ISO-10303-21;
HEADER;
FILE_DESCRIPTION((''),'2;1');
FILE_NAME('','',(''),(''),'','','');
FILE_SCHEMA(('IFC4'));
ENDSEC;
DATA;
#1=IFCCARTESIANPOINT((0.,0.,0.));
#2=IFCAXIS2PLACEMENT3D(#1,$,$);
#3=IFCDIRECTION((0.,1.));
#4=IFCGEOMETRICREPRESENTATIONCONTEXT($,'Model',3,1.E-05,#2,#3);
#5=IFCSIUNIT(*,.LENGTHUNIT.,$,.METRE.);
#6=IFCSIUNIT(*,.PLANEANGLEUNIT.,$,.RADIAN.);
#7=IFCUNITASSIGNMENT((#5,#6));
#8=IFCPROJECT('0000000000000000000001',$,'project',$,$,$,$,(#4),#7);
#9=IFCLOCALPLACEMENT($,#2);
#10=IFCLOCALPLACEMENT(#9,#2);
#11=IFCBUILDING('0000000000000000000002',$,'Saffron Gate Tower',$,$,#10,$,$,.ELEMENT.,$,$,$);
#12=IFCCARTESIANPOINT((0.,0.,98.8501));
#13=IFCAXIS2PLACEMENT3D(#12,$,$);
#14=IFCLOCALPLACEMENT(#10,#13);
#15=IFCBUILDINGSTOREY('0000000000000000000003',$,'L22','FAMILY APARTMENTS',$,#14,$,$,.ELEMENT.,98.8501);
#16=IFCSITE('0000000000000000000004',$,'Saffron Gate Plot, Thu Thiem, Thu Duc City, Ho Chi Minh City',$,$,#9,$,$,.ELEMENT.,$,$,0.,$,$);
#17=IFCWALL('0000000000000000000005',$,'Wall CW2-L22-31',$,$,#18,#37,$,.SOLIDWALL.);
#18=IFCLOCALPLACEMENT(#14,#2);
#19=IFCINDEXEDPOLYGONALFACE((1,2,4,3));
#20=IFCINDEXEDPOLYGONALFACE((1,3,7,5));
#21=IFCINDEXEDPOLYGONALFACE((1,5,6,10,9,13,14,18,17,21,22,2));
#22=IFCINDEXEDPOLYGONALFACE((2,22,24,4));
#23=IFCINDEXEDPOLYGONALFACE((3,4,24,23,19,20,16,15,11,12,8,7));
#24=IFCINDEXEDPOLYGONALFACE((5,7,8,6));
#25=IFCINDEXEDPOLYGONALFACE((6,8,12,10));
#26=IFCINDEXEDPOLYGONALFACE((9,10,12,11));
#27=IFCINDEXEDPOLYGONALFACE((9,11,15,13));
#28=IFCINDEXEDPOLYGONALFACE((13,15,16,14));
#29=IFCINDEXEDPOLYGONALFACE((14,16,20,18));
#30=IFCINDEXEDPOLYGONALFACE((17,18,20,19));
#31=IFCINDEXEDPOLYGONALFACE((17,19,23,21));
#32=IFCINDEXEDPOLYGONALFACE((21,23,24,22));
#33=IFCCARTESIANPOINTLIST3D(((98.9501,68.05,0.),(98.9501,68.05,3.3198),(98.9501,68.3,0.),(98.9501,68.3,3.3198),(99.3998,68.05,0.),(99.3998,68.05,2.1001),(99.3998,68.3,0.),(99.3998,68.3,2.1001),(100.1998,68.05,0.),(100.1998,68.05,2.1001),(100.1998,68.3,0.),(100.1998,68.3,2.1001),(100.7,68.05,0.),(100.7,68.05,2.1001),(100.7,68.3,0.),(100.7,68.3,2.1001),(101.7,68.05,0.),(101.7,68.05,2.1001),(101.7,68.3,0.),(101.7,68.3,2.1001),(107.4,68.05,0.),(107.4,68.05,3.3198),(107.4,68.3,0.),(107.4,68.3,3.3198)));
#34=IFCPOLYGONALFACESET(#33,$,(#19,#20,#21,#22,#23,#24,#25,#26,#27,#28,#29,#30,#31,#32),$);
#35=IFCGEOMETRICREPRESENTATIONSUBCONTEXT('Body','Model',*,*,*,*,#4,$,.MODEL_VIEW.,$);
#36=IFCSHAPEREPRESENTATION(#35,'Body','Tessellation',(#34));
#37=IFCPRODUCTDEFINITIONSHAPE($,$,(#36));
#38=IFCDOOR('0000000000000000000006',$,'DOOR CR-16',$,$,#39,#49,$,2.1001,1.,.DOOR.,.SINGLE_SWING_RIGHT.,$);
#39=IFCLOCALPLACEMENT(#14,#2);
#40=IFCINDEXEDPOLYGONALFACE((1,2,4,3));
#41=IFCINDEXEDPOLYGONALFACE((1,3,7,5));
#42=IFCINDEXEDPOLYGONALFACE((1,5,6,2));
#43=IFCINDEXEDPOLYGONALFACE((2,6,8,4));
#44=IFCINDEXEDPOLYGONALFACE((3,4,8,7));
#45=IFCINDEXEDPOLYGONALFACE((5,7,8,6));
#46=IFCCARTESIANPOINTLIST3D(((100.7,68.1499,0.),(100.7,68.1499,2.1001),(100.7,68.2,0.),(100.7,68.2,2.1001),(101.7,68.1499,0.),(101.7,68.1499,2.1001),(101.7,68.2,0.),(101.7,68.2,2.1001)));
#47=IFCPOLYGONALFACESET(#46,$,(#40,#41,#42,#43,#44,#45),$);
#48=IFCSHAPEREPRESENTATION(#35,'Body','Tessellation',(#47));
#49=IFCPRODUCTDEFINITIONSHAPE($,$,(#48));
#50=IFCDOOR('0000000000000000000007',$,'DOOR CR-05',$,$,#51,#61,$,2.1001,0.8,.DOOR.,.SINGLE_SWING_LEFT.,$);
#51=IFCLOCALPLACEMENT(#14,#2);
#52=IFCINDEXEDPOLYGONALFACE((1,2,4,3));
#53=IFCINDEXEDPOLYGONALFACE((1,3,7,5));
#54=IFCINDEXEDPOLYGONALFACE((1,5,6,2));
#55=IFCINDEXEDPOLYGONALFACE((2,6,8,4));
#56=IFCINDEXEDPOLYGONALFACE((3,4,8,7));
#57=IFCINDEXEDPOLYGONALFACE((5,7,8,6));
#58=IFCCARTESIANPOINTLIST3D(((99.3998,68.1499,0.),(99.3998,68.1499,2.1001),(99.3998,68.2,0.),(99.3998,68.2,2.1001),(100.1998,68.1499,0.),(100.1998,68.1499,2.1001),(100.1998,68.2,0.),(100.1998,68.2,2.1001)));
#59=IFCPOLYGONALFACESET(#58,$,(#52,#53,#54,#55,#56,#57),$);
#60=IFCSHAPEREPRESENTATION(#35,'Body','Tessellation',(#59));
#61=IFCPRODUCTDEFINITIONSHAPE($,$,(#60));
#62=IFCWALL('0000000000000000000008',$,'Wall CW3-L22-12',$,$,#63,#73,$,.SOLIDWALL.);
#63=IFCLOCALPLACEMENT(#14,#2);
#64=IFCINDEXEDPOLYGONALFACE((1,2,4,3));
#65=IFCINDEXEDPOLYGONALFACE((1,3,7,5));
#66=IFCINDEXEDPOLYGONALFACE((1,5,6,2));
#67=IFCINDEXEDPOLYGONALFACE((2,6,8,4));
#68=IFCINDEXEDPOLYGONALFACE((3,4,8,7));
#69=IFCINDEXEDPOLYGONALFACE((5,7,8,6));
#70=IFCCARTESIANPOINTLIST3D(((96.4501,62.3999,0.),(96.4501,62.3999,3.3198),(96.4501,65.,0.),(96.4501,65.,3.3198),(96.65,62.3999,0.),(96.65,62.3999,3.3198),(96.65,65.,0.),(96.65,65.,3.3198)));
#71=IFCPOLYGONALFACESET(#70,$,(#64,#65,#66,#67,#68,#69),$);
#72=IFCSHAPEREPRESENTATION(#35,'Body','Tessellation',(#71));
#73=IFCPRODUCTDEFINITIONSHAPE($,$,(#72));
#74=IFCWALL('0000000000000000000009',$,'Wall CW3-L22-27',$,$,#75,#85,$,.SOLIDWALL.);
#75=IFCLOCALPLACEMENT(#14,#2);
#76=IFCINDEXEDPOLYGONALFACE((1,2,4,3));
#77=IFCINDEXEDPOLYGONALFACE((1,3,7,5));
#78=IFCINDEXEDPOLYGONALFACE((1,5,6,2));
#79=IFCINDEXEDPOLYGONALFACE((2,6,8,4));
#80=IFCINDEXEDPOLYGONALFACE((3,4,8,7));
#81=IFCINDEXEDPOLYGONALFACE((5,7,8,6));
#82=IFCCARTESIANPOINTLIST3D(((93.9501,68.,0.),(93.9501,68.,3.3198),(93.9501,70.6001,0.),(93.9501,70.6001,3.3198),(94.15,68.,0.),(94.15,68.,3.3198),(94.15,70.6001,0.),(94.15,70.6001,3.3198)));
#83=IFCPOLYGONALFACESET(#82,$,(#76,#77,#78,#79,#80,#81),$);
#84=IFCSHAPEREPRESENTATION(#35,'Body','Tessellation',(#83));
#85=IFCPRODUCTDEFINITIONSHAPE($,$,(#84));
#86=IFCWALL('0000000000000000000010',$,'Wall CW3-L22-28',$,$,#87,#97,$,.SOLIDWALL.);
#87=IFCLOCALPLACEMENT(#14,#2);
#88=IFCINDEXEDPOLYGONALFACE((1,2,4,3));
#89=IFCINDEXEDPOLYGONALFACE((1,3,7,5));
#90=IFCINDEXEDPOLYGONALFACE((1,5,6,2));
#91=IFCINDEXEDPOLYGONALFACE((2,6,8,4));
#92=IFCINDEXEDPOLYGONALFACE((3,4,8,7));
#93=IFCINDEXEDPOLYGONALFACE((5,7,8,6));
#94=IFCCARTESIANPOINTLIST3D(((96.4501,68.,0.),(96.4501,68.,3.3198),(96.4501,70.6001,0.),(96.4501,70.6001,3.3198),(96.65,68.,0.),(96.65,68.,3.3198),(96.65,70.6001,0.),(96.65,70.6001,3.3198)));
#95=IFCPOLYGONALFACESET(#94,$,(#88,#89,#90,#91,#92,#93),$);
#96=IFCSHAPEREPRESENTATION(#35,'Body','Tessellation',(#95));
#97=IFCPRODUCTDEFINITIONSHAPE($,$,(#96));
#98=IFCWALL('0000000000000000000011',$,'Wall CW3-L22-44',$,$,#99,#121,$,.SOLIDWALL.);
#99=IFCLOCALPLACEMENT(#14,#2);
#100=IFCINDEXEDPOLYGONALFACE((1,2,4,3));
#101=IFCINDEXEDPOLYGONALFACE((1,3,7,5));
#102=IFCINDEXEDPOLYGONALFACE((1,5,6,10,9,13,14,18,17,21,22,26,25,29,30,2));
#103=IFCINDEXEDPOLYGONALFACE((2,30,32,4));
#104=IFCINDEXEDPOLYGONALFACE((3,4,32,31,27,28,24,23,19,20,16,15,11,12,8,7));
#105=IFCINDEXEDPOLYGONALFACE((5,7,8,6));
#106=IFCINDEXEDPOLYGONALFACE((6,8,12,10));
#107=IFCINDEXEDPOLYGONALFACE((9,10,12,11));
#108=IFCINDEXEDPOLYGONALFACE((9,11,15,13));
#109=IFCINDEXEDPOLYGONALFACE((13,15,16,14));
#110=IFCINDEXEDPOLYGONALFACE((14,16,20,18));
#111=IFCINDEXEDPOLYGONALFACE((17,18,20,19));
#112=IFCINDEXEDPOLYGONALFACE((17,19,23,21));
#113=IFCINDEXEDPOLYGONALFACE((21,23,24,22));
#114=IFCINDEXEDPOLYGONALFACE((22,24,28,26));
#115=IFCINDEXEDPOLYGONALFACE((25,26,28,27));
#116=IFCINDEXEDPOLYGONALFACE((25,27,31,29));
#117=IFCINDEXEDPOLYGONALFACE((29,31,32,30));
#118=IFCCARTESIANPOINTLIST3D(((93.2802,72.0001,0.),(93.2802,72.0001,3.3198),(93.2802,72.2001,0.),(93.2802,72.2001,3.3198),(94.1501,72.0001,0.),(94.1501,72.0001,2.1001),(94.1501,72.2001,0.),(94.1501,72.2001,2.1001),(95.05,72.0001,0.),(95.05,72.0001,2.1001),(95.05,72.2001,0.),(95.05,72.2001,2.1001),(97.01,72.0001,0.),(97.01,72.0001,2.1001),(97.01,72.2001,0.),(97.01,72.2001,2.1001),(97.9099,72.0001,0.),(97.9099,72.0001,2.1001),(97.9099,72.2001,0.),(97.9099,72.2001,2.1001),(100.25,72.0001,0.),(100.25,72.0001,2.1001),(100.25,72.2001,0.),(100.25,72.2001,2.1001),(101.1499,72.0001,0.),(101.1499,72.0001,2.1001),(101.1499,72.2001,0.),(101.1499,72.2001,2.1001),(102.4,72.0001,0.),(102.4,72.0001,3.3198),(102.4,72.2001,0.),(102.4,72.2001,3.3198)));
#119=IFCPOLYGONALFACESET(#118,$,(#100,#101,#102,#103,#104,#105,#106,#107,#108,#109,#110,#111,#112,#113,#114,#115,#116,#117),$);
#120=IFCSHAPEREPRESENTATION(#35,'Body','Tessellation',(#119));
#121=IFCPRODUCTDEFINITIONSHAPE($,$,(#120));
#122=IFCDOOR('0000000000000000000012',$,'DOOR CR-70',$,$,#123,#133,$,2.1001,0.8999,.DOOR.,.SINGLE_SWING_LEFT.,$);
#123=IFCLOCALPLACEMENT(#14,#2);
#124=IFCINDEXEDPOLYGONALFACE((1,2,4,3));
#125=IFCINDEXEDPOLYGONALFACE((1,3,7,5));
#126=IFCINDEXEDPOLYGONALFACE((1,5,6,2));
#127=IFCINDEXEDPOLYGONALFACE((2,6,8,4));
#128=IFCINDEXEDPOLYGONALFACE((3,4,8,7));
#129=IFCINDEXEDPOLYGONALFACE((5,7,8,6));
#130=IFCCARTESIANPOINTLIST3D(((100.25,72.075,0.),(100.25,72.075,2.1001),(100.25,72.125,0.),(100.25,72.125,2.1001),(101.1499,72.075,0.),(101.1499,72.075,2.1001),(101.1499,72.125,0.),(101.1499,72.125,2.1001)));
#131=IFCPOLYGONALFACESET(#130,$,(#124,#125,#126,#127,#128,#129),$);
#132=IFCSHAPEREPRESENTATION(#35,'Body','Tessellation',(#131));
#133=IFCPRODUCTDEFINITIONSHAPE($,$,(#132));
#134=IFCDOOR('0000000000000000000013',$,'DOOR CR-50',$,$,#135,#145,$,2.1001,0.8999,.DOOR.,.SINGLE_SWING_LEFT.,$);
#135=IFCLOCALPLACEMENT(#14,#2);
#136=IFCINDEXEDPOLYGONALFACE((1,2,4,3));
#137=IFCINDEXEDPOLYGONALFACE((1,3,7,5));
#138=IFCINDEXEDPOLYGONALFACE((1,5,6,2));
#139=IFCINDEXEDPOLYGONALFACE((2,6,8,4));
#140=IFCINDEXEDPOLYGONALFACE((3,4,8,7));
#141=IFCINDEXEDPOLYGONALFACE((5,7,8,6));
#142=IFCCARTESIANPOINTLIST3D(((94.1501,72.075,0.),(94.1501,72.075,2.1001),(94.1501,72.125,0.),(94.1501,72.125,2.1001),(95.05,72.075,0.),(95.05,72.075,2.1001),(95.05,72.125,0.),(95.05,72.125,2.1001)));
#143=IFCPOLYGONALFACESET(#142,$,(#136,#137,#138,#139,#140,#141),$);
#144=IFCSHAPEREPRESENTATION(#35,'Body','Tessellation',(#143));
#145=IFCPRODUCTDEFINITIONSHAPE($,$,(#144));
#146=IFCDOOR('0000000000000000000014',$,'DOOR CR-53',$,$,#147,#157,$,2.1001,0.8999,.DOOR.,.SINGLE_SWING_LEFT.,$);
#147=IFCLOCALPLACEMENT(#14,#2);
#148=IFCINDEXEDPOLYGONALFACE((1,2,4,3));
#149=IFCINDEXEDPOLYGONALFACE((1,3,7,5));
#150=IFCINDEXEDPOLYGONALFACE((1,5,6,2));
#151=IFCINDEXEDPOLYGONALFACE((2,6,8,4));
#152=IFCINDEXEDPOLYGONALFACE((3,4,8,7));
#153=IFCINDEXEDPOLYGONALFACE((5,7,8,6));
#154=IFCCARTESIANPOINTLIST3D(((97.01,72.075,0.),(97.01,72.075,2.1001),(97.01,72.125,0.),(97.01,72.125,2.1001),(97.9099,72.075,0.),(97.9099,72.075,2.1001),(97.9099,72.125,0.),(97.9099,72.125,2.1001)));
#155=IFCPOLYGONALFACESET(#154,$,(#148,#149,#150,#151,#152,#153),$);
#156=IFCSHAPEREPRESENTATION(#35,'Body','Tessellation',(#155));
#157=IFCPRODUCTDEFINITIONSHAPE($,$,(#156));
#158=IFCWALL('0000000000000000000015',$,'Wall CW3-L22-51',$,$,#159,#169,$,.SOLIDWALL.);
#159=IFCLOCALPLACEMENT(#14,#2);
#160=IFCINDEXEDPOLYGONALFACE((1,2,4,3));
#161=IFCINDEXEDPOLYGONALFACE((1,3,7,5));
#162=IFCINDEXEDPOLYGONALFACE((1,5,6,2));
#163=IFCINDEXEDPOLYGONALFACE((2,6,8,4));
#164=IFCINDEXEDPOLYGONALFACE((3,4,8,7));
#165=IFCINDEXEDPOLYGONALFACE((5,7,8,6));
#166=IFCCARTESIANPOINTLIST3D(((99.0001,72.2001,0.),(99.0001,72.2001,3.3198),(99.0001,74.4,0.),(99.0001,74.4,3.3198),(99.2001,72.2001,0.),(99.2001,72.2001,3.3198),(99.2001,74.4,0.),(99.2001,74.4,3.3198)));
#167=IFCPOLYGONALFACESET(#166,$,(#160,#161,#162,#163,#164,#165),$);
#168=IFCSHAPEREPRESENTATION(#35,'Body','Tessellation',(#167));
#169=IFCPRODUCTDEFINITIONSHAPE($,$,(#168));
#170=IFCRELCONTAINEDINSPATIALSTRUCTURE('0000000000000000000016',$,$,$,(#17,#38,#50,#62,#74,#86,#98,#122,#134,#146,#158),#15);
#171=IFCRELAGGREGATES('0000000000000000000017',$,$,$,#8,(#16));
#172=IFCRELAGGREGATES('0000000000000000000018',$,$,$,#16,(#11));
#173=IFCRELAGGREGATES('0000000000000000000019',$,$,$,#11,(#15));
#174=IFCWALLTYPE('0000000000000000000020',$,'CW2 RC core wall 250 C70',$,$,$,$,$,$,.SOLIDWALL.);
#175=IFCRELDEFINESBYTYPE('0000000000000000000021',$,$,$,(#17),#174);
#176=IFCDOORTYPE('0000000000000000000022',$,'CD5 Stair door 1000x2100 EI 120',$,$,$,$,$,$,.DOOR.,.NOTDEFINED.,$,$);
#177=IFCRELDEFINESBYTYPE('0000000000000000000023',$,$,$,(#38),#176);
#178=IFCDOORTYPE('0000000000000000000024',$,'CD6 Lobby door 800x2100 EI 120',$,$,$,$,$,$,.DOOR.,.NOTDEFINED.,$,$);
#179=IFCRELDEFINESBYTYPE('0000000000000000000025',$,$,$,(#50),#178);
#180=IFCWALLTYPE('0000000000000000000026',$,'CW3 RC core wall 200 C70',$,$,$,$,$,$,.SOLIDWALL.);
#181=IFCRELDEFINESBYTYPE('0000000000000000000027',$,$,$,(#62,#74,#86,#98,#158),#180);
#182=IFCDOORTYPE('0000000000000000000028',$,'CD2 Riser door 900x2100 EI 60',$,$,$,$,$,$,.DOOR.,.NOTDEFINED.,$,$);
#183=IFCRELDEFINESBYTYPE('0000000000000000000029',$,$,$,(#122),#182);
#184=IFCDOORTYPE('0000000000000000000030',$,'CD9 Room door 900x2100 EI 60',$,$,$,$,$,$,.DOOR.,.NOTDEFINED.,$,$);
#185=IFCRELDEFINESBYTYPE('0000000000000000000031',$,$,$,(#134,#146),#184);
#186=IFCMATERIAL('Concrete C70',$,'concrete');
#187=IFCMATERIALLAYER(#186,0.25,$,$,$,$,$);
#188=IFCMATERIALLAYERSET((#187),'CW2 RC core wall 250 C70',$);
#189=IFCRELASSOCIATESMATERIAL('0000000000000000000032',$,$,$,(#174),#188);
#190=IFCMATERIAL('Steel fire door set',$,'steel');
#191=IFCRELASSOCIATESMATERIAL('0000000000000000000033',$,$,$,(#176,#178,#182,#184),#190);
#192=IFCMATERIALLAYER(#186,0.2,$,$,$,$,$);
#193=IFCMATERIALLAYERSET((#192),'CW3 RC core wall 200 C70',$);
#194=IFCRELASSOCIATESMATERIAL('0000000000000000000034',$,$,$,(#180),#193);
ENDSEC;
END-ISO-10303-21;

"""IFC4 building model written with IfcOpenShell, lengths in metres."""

from ifc_helpers import new_model, si_unit, direction, frame, frame_2d, origin, place, context, subcontext, project, spatial, rectangle, extrude, material, layer, layer_set, type_object, element, fill, save


model = new_model("IFC4")

# Units and contexts
model_context = context("Model", 3, precision=1e-05, world=origin(), true_north=direction((0.0, 1.0)))
body_context = subcontext(model_context, "Body", "Model", "MODEL_VIEW")
ifc_project = project(units=[si_unit("LENGTHUNIT", "METRE"), si_unit("PLANEANGLEUNIT", "RADIAN")], contexts=[model_context])

# Site, building, storey
site_placement = place(None, origin())
site = spatial("IfcSite", under=ifc_project, at=site_placement, Name="Saffron Gate Plot, Thu Thiem, Thu Duc City, Ho Chi Minh City", CompositionType="ELEMENT", RefElevation=0.0)
building_placement = place(site_placement, origin())
building = spatial("IfcBuilding", under=site, at=building_placement, Name="Saffron Gate Tower", CompositionType="ELEMENT")
storey_placement = place(building_placement, frame((0.0, 0.0, 98.8501)))
storey = spatial("IfcBuildingStorey", under=building, at=storey_placement, Name="L22", Description="FAMILY APARTMENTS", CompositionType="ELEMENT", Elevation=98.8501)

# Wall, openings, doors
ifc_material_1 = material(Name="Concrete C70", Category="concrete")
ifc_layer_1 = layer(ifc_material_1, 0.25)
ifc_layer_set_1 = layer_set([ifc_layer_1], Name="CW2 RC core wall 250 C70")
wall_type_1 = type_object("IfcWallType", Name="CW2 RC core wall 250 C70", PredefinedType="SOLIDWALL", material=ifc_layer_set_1)
wall_1_placement = place(storey_placement, frame((98.95, 68.175, 0.0), z_axis=(0.0, 0.0, 1.0), x_axis=(1.0, 0.0, 0.0)))
wall_1 = element("IfcWall", 1, at=wall_1_placement, inside=storey, type_object=wall_type_1, Name="Wall CW2-L22-31", PredefinedType="SOLIDWALL", context=body_context, shape_type="SweptSolid", body=[
    extrude(rectangle(XDim=8.45, YDim=0.25, at=frame_2d((4.2251, 0.0))), origin(), (0.0, 0.0, 1.0), 3.3198),
])
opening_1_placement = place(wall_1_placement, frame((0.45, 0.0, 0.0)))
opening_1 = element("IfcOpeningElement", 2, at=opening_1_placement, cuts=wall_1, PredefinedType="OPENING", context=body_context, shape_type="SweptSolid", body=[
    extrude(rectangle(XDim=0.8, YDim=2.1001, at=frame_2d((0.3999, 1.05))), frame((0.0, 0.135, 0.0), z_axis=(0.0, -1.0, 0.0), x_axis=(1.0, 0.0, 0.0)), (0.0, 0.0, 1.0), 0.27),
])
opening_2_placement = place(wall_1_placement, frame((1.75, 0.0, 0.0)))
opening_2 = element("IfcOpeningElement", 3, at=opening_2_placement, cuts=wall_1, PredefinedType="OPENING", context=body_context, shape_type="SweptSolid", body=[
    extrude(rectangle(XDim=1.0, YDim=2.1001, at=frame_2d((0.5, 1.05))), frame((0.0, 0.135, 0.0), z_axis=(0.0, -1.0, 0.0), x_axis=(1.0, 0.0, 0.0)), (0.0, 0.0, 1.0), 0.27),
])
ifc_material_2 = material(Name="Steel fire door set", Category="steel")
door_type_1 = type_object("IfcDoorType", Name="CD5 Stair door 1000x2100 EI 120", OperationType="NOTDEFINED", PredefinedType="DOOR", material=ifc_material_2)
door_1_placement = place(opening_2_placement, origin())
door_1 = element("IfcDoor", 4, at=door_1_placement, inside=storey, type_object=door_type_1, Name="DOOR CR-16", OperationType="SINGLE_SWING_RIGHT", OverallHeight=2.1001, OverallWidth=1.0, PredefinedType="DOOR", context=body_context, shape_type="SweptSolid", body=[
    extrude(rectangle(XDim=1.0, YDim=2.1001, at=frame_2d((0.5, 1.05))), frame((0.0, 0.0249, 0.0), z_axis=(0.0, -1.0, 0.0), x_axis=(1.0, 0.0, 0.0)), (0.0, 0.0, 1.0), 0.05),
])
fill(opening_2, door_1)
door_type_2 = type_object("IfcDoorType", Name="CD6 Lobby door 800x2100 EI 120", OperationType="NOTDEFINED", PredefinedType="DOOR", material=ifc_material_2)
door_2_placement = place(opening_1_placement, origin())
door_2 = element("IfcDoor", 5, at=door_2_placement, inside=storey, type_object=door_type_2, Name="DOOR CR-05", OperationType="SINGLE_SWING_LEFT", OverallHeight=2.1001, OverallWidth=0.8, PredefinedType="DOOR", context=body_context, shape_type="SweptSolid", body=[
    extrude(rectangle(XDim=0.8, YDim=2.1001, at=frame_2d((0.3999, 1.05))), frame((0.0, 0.0249, 0.0), z_axis=(0.0, -1.0, 0.0), x_axis=(1.0, 0.0, 0.0)), (0.0, 0.0, 1.0), 0.05),
])
fill(opening_1, door_2)

# Walls
ifc_layer_2 = layer(ifc_material_1, 0.2)
ifc_layer_set_2 = layer_set([ifc_layer_2], Name="CW3 RC core wall 200 C70")
wall_type_2 = type_object("IfcWallType", Name="CW3 RC core wall 200 C70", PredefinedType="SOLIDWALL", material=ifc_layer_set_2)
for number, where, z_axis, x_axis, name in (
    (6, (96.55, 62.3999, 0.0), (0.0, 0.0, 1.0), (0.0, 1.0, 0.0), "Wall CW3-L22-12"),
    (7, (94.05, 68.0, 0.0), (0.0, 0.0, 1.0), (0.0, 1.0, 0.0), "Wall CW3-L22-27"),
    (8, (96.55, 68.0, 0.0), (0.0, 0.0, 1.0), (0.0, 1.0, 0.0), "Wall CW3-L22-28"),
):
    element("IfcWall", number, at=place(storey_placement, frame(where, z_axis=z_axis, x_axis=x_axis)), inside=storey, type_object=wall_type_2, Name=name, PredefinedType="SOLIDWALL", context=body_context, shape_type="SweptSolid", body=[
        extrude(rectangle(XDim=2.6001, YDim=0.2, at=frame_2d((1.3, 0.0))), origin(), (0.0, 0.0, 1.0), 3.3198),
    ])

# Wall, openings, doors
wall_2_placement = place(storey_placement, frame((93.28, 72.1001, 0.0), z_axis=(0.0, 0.0, 1.0), x_axis=(1.0, 0.0, 0.0)))
wall_2 = element("IfcWall", 9, at=wall_2_placement, inside=storey, type_object=wall_type_2, Name="Wall CW3-L22-44", PredefinedType="SOLIDWALL", context=body_context, shape_type="SweptSolid", body=[
    extrude(rectangle(XDim=9.1199, YDim=0.2, at=frame_2d((4.5601, 0.0))), origin(), (0.0, 0.0, 1.0), 3.3198),
])
opening_3_placement = place(wall_2_placement, frame((0.8701, 0.0, 0.0)))
opening_3 = element("IfcOpeningElement", 10, at=opening_3_placement, cuts=wall_2, PredefinedType="OPENING", context=body_context, shape_type="SweptSolid", body=[
    extrude(rectangle(XDim=0.8999, YDim=2.1001, at=frame_2d((0.45, 1.05))), frame((0.0, 0.1099, 0.0), z_axis=(0.0, -1.0, 0.0), x_axis=(1.0, 0.0, 0.0)), (0.0, 0.0, 1.0), 0.22),
])
opening_4_placement = place(wall_2_placement, frame((3.73, 0.0, 0.0)))
opening_4 = element("IfcOpeningElement", 11, at=opening_4_placement, cuts=wall_2, PredefinedType="OPENING", context=body_context, shape_type="SweptSolid", body=[
    extrude(rectangle(XDim=0.8999, YDim=2.1001, at=frame_2d((0.45, 1.05))), frame((0.0, 0.1099, 0.0), z_axis=(0.0, -1.0, 0.0), x_axis=(1.0, 0.0, 0.0)), (0.0, 0.0, 1.0), 0.22),
])
opening_5_placement = place(wall_2_placement, frame((6.97, 0.0, 0.0)))
opening_5 = element("IfcOpeningElement", 12, at=opening_5_placement, cuts=wall_2, PredefinedType="OPENING", context=body_context, shape_type="SweptSolid", body=[
    extrude(rectangle(XDim=0.8999, YDim=2.1001, at=frame_2d((0.45, 1.05))), frame((0.0, 0.1099, 0.0), z_axis=(0.0, -1.0, 0.0), x_axis=(1.0, 0.0, 0.0)), (0.0, 0.0, 1.0), 0.22),
])
door_type_3 = type_object("IfcDoorType", Name="CD2 Riser door 900x2100 EI 60", OperationType="NOTDEFINED", PredefinedType="DOOR", material=ifc_material_2)
door_3_placement = place(opening_5_placement, origin())
door_3 = element("IfcDoor", 13, at=door_3_placement, inside=storey, type_object=door_type_3, Name="DOOR CR-70", OperationType="SINGLE_SWING_LEFT", OverallHeight=2.1001, OverallWidth=0.8999, PredefinedType="DOOR", context=body_context, shape_type="SweptSolid", body=[
    extrude(rectangle(XDim=0.8999, YDim=2.1001, at=frame_2d((0.45, 1.05))), frame((0.0, 0.0249, 0.0), z_axis=(0.0, -1.0, 0.0), x_axis=(1.0, 0.0, 0.0)), (0.0, 0.0, 1.0), 0.05),
])
fill(opening_5, door_3)
door_type_4 = type_object("IfcDoorType", Name="CD9 Room door 900x2100 EI 60", OperationType="NOTDEFINED", PredefinedType="DOOR", material=ifc_material_2)
door_4_placement = place(opening_3_placement, origin())
door_4 = element("IfcDoor", 14, at=door_4_placement, inside=storey, type_object=door_type_4, Name="DOOR CR-50", OperationType="SINGLE_SWING_LEFT", OverallHeight=2.1001, OverallWidth=0.8999, PredefinedType="DOOR", context=body_context, shape_type="SweptSolid", body=[
    extrude(rectangle(XDim=0.8999, YDim=2.1001, at=frame_2d((0.45, 1.05))), frame((0.0, 0.0249, 0.0), z_axis=(0.0, -1.0, 0.0), x_axis=(1.0, 0.0, 0.0)), (0.0, 0.0, 1.0), 0.05),
])
fill(opening_3, door_4)
door_5_placement = place(opening_4_placement, origin())
door_5 = element("IfcDoor", 15, at=door_5_placement, inside=storey, type_object=door_type_4, Name="DOOR CR-53", OperationType="SINGLE_SWING_LEFT", OverallHeight=2.1001, OverallWidth=0.8999, PredefinedType="DOOR", context=body_context, shape_type="SweptSolid", body=[
    extrude(rectangle(XDim=0.8999, YDim=2.1001, at=frame_2d((0.45, 1.05))), frame((0.0, 0.0249, 0.0), z_axis=(0.0, -1.0, 0.0), x_axis=(1.0, 0.0, 0.0)), (0.0, 0.0, 1.0), 0.05),
])
fill(opening_4, door_5)

# Wall
wall_3_placement = place(storey_placement, frame((99.1001, 72.2, 0.0), z_axis=(0.0, 0.0, 1.0), x_axis=(0.0, 1.0, 0.0)))
element("IfcWall", 16, at=wall_3_placement, inside=storey, type_object=wall_type_2, Name="Wall CW3-L22-51", PredefinedType="SOLIDWALL", context=body_context, shape_type="SweptSolid", body=[
    extrude(rectangle(XDim=2.2, YDim=0.2, at=frame_2d((1.1001, 0.0))), origin(), (0.0, 0.0, 1.0), 3.3198),
])

save(model, "model.ifc")
